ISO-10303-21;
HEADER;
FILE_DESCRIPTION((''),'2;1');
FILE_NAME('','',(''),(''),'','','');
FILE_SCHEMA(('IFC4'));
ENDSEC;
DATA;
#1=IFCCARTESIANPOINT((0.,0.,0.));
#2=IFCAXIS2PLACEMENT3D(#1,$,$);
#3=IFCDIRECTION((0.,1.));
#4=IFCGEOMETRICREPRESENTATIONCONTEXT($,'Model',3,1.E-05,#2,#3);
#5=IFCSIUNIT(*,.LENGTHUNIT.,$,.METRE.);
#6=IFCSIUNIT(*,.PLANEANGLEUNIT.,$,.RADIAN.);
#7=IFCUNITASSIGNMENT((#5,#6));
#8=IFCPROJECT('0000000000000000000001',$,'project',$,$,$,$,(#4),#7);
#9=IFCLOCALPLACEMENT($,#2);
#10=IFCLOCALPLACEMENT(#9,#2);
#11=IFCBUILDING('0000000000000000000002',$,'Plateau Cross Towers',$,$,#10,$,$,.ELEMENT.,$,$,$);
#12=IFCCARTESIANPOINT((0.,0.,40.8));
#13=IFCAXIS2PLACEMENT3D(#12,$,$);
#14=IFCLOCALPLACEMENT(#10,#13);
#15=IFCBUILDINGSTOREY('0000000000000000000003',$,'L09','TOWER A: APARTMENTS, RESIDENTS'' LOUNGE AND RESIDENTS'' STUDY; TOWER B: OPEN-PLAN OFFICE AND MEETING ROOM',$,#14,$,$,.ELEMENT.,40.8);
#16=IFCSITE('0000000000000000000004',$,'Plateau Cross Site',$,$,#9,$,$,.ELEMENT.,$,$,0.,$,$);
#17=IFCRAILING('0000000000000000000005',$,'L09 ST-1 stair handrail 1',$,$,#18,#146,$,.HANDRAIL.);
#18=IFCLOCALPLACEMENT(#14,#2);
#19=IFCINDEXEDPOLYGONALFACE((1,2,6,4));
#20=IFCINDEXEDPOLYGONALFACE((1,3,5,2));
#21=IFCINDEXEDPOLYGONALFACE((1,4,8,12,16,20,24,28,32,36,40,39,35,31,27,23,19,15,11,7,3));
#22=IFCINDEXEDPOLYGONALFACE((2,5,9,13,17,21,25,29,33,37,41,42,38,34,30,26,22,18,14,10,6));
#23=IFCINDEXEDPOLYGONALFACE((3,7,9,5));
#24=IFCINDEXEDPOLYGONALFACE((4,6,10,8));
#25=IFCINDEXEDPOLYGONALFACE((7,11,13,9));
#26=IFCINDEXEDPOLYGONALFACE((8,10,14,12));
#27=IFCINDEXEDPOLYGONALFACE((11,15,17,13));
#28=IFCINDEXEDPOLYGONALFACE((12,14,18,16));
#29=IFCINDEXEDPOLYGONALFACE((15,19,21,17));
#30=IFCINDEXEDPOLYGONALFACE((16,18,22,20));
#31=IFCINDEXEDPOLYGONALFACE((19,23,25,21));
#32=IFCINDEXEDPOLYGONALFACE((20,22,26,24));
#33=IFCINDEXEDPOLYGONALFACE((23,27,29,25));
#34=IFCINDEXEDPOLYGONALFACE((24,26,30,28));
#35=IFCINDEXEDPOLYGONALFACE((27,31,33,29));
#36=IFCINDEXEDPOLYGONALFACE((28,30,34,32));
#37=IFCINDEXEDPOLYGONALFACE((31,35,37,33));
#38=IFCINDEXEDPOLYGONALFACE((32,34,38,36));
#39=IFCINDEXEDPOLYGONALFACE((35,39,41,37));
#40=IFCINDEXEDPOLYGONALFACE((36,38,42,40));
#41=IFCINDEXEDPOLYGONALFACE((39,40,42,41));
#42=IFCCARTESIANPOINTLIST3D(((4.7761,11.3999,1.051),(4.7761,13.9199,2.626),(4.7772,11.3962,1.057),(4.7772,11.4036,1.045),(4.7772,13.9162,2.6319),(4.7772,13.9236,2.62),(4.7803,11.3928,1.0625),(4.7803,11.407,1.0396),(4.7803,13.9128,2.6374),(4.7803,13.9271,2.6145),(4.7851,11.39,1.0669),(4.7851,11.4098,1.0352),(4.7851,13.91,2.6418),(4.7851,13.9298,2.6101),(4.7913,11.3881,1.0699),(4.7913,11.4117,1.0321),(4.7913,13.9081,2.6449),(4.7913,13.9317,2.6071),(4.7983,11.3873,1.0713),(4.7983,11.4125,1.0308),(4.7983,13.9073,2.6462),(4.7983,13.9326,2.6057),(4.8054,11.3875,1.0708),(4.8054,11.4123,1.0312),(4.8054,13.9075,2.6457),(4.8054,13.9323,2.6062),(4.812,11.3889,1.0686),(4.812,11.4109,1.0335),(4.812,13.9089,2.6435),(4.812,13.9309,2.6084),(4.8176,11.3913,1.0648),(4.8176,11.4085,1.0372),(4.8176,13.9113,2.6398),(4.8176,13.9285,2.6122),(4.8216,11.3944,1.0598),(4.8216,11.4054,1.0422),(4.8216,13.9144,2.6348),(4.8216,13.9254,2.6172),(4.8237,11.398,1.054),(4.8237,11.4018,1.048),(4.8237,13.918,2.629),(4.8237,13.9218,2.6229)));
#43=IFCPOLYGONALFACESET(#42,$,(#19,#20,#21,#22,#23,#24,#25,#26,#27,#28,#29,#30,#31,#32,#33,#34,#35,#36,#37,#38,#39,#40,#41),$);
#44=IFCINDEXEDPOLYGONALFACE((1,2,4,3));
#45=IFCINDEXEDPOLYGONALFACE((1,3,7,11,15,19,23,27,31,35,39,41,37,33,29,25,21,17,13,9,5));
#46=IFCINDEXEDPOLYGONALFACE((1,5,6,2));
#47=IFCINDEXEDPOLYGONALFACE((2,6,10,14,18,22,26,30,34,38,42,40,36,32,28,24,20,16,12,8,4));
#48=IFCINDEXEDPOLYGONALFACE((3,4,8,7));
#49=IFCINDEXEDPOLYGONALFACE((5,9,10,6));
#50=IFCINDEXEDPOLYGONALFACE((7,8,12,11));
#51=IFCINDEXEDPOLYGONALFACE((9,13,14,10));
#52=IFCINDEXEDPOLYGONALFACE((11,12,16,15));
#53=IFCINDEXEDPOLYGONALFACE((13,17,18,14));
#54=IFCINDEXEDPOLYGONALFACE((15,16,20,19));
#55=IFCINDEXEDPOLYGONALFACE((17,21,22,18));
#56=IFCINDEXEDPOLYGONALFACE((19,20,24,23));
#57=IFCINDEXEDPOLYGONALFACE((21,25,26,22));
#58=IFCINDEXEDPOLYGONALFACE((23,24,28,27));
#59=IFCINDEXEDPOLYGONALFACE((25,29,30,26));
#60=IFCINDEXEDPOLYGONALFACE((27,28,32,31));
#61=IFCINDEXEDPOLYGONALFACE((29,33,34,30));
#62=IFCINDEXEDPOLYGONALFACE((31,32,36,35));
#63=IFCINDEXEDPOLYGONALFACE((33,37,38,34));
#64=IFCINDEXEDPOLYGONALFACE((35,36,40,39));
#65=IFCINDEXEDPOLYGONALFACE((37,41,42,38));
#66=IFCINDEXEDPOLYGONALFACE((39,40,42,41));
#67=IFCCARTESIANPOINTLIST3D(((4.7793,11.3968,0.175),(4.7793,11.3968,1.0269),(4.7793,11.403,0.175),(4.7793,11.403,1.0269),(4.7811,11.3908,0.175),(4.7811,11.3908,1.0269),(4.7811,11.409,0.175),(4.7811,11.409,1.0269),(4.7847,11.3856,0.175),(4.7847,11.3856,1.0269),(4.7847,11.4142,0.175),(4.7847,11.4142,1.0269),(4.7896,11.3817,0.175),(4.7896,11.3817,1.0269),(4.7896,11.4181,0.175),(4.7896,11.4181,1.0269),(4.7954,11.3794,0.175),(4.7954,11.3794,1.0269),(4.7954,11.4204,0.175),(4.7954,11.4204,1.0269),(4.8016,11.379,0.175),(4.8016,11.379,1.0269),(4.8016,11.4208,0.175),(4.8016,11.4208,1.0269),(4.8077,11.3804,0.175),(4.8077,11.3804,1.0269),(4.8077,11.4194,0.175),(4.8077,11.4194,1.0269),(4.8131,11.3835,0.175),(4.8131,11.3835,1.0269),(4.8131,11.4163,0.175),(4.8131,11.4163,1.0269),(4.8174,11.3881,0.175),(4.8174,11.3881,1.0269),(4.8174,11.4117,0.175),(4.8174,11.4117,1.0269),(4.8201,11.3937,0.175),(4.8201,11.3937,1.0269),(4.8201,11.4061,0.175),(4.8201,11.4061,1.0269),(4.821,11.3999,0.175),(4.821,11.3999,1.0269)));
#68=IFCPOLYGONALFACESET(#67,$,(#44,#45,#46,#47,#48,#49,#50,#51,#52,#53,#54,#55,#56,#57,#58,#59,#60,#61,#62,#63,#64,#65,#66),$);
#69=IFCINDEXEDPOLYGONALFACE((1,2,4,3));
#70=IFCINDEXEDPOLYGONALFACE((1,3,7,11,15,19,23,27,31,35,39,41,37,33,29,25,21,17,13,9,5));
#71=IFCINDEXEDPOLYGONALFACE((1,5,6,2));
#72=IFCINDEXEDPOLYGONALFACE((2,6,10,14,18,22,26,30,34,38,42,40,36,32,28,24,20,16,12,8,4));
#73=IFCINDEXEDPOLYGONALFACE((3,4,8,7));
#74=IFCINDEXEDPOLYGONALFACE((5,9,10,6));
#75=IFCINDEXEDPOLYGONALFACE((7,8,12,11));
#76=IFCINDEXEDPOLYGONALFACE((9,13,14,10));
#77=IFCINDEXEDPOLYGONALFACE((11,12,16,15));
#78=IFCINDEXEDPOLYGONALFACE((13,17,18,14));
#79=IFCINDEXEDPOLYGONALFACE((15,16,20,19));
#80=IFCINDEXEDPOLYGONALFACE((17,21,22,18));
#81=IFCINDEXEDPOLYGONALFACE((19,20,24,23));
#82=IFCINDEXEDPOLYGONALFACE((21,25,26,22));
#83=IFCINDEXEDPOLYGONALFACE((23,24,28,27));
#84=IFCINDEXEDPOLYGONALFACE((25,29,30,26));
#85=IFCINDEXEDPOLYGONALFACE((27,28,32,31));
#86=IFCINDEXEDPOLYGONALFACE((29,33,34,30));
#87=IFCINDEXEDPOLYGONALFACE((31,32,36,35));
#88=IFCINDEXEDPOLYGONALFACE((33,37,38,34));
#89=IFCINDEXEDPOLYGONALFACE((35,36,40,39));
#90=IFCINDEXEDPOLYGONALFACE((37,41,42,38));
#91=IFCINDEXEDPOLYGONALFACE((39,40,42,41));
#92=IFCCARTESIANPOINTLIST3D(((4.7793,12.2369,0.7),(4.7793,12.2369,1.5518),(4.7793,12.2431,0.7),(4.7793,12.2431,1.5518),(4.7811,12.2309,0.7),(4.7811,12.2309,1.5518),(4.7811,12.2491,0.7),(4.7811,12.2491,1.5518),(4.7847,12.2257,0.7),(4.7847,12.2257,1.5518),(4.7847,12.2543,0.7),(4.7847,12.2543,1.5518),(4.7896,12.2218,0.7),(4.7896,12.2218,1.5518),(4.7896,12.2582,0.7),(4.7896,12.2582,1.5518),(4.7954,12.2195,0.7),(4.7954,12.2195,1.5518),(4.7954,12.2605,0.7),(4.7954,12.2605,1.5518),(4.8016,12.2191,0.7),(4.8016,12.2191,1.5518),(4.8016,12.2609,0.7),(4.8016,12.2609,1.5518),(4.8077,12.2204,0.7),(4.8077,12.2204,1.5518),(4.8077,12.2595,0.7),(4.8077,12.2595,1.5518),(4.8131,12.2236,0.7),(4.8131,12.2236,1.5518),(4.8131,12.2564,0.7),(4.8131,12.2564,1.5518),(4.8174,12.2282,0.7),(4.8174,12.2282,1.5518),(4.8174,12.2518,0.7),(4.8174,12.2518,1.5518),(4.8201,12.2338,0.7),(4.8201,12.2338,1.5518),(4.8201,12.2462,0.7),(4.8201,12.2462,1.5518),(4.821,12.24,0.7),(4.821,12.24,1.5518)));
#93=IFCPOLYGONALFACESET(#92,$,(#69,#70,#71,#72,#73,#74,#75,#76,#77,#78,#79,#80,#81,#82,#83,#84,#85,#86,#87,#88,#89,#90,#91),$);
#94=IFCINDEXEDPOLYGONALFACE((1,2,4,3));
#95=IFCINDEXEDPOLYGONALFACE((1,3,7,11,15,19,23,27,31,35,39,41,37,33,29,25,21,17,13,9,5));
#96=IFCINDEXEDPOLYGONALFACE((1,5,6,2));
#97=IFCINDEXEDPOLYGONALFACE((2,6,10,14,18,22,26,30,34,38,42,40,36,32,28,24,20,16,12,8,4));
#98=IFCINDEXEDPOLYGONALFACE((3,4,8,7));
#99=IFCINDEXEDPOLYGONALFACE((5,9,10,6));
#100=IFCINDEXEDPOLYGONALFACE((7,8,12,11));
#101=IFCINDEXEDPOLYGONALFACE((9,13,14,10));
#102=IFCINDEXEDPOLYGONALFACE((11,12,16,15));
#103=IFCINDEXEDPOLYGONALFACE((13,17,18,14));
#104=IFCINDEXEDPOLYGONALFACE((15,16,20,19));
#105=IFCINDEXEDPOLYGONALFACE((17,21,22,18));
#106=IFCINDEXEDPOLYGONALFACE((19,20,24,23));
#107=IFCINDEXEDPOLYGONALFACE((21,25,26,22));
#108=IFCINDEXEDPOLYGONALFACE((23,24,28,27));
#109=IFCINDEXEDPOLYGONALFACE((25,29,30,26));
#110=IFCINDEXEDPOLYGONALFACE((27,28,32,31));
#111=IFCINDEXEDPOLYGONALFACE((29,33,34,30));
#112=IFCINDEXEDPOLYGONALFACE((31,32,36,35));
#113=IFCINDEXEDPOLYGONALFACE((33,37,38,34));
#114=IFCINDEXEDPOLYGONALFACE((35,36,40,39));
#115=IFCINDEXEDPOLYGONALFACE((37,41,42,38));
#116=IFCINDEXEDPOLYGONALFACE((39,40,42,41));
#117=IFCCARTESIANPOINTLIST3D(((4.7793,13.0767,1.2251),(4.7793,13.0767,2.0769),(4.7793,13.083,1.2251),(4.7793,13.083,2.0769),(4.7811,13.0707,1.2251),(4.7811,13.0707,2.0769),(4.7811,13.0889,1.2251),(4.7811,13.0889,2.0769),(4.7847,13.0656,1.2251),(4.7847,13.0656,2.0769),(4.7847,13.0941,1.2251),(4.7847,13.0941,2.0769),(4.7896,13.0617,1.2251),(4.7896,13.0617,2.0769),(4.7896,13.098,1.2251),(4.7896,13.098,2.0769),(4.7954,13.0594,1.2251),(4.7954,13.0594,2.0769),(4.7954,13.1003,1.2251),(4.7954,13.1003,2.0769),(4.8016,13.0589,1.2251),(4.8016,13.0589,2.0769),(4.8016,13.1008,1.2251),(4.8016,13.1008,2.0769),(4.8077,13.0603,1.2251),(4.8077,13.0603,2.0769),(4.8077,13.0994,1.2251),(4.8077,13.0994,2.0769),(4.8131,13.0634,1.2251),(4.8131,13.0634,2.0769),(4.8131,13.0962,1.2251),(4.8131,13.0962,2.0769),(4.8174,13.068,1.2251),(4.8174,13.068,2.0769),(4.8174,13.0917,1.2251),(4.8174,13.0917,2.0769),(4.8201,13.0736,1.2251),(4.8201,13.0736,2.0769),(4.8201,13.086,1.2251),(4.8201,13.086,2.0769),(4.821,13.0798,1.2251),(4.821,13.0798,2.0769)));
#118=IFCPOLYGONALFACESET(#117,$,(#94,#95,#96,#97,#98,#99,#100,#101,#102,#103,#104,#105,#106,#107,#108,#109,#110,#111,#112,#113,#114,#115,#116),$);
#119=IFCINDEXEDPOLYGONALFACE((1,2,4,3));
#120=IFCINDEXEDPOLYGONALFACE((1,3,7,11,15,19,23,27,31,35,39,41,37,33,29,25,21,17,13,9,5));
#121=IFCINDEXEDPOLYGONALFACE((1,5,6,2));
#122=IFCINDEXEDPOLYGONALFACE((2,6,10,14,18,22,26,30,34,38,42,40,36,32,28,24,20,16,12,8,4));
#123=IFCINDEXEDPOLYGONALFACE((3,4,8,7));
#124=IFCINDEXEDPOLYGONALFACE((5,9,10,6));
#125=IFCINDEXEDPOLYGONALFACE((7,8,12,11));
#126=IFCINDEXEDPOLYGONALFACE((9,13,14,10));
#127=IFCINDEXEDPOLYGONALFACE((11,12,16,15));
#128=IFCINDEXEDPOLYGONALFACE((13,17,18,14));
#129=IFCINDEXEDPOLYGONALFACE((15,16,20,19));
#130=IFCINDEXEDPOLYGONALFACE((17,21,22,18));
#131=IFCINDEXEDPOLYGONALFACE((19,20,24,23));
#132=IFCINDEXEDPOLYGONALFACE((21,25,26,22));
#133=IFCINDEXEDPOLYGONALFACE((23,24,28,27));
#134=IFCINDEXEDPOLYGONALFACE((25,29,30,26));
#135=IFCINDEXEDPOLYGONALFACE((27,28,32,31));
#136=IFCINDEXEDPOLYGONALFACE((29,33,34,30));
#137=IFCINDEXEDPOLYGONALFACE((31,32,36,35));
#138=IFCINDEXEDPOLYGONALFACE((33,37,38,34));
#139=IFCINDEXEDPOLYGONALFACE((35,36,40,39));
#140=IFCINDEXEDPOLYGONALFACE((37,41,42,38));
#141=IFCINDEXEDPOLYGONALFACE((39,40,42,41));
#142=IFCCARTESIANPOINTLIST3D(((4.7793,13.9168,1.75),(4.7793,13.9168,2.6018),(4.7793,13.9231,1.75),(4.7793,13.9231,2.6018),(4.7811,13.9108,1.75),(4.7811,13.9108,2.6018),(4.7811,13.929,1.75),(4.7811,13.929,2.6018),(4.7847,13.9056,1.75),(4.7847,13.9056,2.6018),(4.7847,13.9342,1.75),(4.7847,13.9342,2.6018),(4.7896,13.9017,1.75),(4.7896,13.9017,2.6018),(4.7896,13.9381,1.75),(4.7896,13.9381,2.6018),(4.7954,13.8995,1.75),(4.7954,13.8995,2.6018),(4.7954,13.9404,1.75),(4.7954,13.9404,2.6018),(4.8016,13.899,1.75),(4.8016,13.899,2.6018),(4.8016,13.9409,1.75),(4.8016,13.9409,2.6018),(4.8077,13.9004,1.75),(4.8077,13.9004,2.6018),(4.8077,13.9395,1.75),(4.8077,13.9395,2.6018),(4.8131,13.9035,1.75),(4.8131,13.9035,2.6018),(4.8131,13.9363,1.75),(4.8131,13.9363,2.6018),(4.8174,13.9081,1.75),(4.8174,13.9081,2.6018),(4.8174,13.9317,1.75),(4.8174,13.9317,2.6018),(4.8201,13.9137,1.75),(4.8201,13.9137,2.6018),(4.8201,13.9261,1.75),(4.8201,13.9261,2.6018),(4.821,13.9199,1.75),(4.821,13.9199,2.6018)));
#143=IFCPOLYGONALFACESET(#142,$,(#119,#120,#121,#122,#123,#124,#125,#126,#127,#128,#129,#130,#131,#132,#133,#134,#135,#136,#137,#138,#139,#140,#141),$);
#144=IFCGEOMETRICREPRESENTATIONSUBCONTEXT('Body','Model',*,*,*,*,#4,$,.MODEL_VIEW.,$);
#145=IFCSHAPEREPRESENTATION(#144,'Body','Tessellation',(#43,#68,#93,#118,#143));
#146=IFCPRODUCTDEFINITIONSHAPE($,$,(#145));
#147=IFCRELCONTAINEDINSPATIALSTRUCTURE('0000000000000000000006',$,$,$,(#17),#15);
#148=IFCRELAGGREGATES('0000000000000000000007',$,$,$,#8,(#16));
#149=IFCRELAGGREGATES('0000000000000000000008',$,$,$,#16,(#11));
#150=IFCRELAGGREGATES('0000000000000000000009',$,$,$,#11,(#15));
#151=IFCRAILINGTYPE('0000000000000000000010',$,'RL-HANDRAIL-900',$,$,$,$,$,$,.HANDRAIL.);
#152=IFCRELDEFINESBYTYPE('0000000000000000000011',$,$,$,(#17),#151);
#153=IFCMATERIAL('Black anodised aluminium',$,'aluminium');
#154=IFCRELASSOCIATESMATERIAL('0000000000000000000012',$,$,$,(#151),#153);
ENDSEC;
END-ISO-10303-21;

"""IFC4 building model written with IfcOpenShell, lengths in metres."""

from ifc_helpers import new_model, si_unit, direction, frame, origin, origin_2d, place, context, subcontext, project, spatial, circle, extrude, material, type_object, element, save


model = new_model("IFC4")

# Units and contexts
model_context = context("Model", 3, precision=1e-05, world=origin(), true_north=direction((0.0, 1.0)))
body_context = subcontext(model_context, "Body", "Model", "MODEL_VIEW")
ifc_project = project(units=[si_unit("LENGTHUNIT", "METRE"), si_unit("PLANEANGLEUNIT", "RADIAN")], contexts=[model_context])

# Site, building, storey
site_placement = place(None, origin())
site = spatial("IfcSite", under=ifc_project, at=site_placement, Name="Plateau Cross Site", CompositionType="ELEMENT", RefElevation=0.0)
building_placement = place(site_placement, origin())
building = spatial("IfcBuilding", under=site, at=building_placement, Name="Plateau Cross Towers", CompositionType="ELEMENT")
storey_placement = place(building_placement, frame((0.0, 0.0, 40.8)))
storey = spatial("IfcBuildingStorey", under=building, at=storey_placement, Name="L09", Description="TOWER A: APARTMENTS, RESIDENTS' LOUNGE AND RESIDENTS' STUDY; TOWER B: OPEN-PLAN OFFICE AND MEETING ROOM", CompositionType="ELEMENT", Elevation=40.8)

# Shared definitions
ifc_material_1 = material(Name="Black anodised aluminium", Category="aluminium")

# Railing
railing_type_1 = type_object("IfcRailingType", Name="RL-HANDRAIL-900", PredefinedType="HANDRAIL", material=ifc_material_1)
railing_1_placement = place(storey_placement, frame((4.8, 11.3999, 0.175)))
element("IfcRailing", 1, at=railing_1_placement, inside=storey, type_object=railing_type_1, Name="L09 ST-1 stair handrail 1", PredefinedType="HANDRAIL", context=body_context, shape_type="SweptSolid", body=[
    extrude(circle(Radius=0.0239, at=origin_2d()), frame((0.0, 0.0, 0.876), z_axis=(0.0, 0.848008, 0.529984), x_axis=(-1.0, 0.0, 0.0)), (0.0, 0.0, 1.0), 2.9717),
    extrude(circle(Radius=0.021, at=origin_2d()), origin(), (0.0, 0.0, 1.0), 0.8518),
    extrude(circle(Radius=0.021, at=origin_2d()), frame((0.0, 0.8401, 0.5249)), (0.0, 0.0, 1.0), 0.8518),
    extrude(circle(Radius=0.021, at=origin_2d()), frame((0.0, 1.6799, 1.05)), (0.0, 0.0, 1.0), 0.8518),
    extrude(circle(Radius=0.021, at=origin_2d()), frame((0.0, 2.52, 1.575)), (0.0, 0.0, 1.0), 0.8518),
])

save(model, "model.ifc")
